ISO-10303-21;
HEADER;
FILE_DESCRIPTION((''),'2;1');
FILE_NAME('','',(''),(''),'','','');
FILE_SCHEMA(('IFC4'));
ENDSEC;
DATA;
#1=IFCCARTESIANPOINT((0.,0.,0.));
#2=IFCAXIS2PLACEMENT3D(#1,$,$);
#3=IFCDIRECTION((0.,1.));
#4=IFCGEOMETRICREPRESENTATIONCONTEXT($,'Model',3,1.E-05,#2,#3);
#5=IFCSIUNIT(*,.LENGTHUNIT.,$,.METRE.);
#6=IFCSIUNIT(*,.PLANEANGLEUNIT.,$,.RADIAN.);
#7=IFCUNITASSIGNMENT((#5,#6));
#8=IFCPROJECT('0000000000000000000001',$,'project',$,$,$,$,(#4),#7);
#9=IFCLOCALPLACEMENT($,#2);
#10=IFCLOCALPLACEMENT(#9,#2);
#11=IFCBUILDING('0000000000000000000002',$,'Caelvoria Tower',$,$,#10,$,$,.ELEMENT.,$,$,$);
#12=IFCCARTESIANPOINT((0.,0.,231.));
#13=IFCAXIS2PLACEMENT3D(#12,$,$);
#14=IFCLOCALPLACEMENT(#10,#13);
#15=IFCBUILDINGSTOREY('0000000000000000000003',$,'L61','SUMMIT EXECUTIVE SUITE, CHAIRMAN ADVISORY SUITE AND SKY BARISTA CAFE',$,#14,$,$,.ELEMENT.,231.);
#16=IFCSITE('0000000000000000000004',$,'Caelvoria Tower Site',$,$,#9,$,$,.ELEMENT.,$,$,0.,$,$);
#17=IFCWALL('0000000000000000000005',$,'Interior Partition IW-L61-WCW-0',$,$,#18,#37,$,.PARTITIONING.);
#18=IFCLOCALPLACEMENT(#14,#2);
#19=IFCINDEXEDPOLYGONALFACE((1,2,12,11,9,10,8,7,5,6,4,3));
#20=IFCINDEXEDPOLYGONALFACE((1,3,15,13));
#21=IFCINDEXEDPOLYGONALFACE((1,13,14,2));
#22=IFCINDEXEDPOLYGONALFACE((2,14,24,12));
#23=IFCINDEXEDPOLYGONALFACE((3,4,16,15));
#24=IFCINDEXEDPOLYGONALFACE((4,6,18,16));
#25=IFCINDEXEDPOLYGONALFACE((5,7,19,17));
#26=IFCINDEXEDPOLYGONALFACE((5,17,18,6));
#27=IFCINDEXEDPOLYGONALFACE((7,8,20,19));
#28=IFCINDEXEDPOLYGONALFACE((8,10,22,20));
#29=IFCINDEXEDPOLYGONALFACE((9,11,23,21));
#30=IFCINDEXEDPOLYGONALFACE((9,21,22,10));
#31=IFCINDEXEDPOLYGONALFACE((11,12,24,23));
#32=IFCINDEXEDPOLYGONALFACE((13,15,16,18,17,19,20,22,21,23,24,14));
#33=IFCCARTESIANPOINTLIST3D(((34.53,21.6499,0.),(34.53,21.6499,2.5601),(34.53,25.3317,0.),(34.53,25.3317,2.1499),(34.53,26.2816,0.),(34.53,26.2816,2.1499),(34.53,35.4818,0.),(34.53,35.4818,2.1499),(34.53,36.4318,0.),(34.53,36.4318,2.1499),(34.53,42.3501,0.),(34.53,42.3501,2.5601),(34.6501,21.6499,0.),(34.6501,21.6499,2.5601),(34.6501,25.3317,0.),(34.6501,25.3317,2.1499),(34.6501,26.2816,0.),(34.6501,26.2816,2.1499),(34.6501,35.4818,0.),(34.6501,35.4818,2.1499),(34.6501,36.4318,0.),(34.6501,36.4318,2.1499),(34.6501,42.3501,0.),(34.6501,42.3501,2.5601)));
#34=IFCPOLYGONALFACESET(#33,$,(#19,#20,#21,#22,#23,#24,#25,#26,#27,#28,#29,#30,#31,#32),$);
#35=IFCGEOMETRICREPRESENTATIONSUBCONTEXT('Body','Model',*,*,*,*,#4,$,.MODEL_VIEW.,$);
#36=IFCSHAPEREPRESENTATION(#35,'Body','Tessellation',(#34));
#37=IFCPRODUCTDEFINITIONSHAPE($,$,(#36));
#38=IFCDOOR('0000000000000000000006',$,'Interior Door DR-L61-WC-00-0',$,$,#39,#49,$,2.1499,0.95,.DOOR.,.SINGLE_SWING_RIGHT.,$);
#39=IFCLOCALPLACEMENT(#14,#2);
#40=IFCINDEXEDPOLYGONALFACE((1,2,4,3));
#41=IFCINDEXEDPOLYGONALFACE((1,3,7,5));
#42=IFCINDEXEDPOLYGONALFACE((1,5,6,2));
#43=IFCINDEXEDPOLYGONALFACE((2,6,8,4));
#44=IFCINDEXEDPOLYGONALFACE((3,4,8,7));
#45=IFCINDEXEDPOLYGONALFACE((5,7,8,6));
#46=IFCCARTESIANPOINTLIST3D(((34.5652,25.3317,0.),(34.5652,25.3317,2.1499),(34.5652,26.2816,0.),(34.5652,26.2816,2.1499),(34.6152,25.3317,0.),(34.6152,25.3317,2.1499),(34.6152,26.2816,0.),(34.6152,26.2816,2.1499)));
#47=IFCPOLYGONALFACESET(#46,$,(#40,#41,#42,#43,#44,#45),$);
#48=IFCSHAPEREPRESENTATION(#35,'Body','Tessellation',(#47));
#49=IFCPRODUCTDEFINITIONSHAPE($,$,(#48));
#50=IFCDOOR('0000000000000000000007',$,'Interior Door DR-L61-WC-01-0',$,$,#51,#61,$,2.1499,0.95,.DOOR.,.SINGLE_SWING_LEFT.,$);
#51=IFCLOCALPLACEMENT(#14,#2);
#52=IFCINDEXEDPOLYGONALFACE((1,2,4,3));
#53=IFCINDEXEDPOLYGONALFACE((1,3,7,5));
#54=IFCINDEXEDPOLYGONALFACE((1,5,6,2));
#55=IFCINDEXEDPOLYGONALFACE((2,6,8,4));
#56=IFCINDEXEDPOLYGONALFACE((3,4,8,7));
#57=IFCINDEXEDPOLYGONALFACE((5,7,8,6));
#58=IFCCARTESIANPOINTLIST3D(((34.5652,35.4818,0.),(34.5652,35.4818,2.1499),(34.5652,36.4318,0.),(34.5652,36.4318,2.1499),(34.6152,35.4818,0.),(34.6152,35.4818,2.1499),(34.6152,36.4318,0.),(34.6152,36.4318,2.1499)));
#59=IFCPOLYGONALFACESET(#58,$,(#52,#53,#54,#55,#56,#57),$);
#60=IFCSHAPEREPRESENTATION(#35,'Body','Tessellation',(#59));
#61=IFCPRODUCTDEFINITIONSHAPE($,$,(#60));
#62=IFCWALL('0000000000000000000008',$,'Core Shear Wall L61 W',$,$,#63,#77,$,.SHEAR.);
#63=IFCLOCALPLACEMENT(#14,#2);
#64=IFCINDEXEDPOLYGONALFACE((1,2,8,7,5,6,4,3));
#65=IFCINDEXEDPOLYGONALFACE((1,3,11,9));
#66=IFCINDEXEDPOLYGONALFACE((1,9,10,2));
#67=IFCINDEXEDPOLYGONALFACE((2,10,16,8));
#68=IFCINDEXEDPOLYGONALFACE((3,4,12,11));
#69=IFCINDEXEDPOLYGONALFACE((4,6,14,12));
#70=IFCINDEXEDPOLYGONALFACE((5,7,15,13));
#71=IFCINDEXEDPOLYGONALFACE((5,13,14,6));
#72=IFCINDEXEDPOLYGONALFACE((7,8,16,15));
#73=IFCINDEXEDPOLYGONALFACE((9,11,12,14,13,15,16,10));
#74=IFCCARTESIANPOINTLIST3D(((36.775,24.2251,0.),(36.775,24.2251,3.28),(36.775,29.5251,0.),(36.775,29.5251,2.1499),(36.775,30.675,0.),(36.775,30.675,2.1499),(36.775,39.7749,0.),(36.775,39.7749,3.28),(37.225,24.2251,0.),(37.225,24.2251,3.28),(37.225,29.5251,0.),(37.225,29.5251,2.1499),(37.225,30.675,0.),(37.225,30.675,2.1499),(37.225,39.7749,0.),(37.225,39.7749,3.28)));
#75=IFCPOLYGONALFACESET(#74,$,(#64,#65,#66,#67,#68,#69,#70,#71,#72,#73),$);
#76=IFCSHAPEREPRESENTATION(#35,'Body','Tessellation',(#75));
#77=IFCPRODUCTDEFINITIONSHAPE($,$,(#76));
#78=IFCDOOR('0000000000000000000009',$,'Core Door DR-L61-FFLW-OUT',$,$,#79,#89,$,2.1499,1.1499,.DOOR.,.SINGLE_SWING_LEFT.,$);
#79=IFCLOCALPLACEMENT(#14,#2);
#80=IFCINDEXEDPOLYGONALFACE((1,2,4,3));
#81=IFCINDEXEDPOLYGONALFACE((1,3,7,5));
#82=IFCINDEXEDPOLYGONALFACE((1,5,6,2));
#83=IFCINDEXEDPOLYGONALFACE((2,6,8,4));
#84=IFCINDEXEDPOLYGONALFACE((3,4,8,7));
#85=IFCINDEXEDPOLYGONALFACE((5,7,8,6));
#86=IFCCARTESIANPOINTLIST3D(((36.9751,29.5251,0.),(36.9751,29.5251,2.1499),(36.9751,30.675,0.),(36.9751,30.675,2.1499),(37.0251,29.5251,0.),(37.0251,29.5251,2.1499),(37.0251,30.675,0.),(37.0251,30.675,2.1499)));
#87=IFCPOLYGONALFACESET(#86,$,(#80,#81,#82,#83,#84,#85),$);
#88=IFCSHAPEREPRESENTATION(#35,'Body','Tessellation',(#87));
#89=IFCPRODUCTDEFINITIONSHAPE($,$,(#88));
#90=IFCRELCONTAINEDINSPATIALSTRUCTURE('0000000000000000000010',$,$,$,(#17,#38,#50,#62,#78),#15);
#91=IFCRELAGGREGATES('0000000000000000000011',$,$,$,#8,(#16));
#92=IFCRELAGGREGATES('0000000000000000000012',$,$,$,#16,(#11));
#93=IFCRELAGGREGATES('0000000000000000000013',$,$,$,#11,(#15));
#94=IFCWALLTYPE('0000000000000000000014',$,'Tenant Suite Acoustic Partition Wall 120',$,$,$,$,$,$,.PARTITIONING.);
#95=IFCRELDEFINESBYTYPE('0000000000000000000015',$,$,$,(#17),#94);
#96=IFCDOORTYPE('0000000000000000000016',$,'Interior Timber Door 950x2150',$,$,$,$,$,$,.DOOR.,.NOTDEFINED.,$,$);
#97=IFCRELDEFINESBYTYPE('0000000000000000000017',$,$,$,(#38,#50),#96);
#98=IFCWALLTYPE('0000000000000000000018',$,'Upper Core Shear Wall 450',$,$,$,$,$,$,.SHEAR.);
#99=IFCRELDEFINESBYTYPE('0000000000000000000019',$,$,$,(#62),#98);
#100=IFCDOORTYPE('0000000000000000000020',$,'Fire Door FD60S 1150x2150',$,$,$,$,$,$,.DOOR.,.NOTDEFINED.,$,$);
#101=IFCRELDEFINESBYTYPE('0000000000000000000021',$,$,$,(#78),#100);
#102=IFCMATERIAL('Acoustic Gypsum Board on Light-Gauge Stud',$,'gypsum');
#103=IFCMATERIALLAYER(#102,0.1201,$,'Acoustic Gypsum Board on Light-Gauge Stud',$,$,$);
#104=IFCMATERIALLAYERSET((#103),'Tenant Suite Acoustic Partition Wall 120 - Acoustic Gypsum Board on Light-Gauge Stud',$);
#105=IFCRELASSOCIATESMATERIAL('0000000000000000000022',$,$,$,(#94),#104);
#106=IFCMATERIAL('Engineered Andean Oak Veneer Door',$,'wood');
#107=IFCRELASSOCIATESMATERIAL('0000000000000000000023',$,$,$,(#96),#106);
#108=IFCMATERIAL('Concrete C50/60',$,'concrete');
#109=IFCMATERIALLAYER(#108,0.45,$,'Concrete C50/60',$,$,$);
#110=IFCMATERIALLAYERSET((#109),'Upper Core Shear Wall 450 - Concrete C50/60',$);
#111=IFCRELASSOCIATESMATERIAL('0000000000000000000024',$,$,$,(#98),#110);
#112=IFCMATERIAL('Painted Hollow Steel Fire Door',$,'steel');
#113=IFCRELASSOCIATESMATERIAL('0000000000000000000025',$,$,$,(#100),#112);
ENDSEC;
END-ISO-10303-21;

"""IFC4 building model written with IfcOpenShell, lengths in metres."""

from ifc_helpers import new_model, si_unit, direction, frame, frame_2d, origin, place, context, subcontext, project, spatial, rectangle, extrude, material, layer, layer_set, type_object, element, fill, save


model = new_model("IFC4")

# Units and contexts
model_context = context("Model", 3, precision=1e-05, world=origin(), true_north=direction((0.0, 1.0)))
body_context = subcontext(model_context, "Body", "Model", "MODEL_VIEW")
ifc_project = project(units=[si_unit("LENGTHUNIT", "METRE"), si_unit("PLANEANGLEUNIT", "RADIAN")], contexts=[model_context])

# Site, building, storey
site_placement = place(None, origin())
site = spatial("IfcSite", under=ifc_project, at=site_placement, Name="Caelvoria Tower Site", CompositionType="ELEMENT", RefElevation=0.0)
building_placement = place(site_placement, origin())
building = spatial("IfcBuilding", under=site, at=building_placement, Name="Caelvoria Tower", CompositionType="ELEMENT")
storey_placement = place(building_placement, frame((0.0, 0.0, 231.0)))
storey = spatial("IfcBuildingStorey", under=building, at=storey_placement, Name="L61", Description="SUMMIT EXECUTIVE SUITE, CHAIRMAN ADVISORY SUITE AND SKY BARISTA CAFE", CompositionType="ELEMENT", Elevation=231.0)

# Shared definitions
ifc_material_1 = material(Name="Concrete C50/60", Category="concrete")
ifc_material_2 = material(Name="Painted Hollow Steel Fire Door", Category="steel")

# Shared definitions
ifc_material_3 = material(Name="Engineered Andean Oak Veneer Door", Category="wood")

# Shared definitions
ifc_material_4 = material(Name="Acoustic Gypsum Board on Light-Gauge Stud", Category="gypsum")
ifc_layer_1 = layer(ifc_material_4, 0.1201, Name="Acoustic Gypsum Board on Light-Gauge Stud")
ifc_layer_set_1 = layer_set([ifc_layer_1], Name="Tenant Suite Acoustic Partition Wall 120 - Acoustic Gypsum Board on Light-Gauge Stud")
wall_type_1 = type_object("IfcWallType", Name="Tenant Suite Acoustic Partition Wall 120", PredefinedType="PARTITIONING", material=ifc_layer_set_1)

# Wall, openings, doors
wall_1_placement = place(storey_placement, frame((34.5901, 21.6499, 0.0), z_axis=(0.0, 0.0, 1.0), x_axis=(0.0, 1.0, 0.0)))
wall_1 = element("IfcWall", 1, at=wall_1_placement, inside=storey, type_object=wall_type_1, Name="Interior Partition IW-L61-WCW-0", PredefinedType="PARTITIONING", context=body_context, shape_type="SweptSolid", body=[
    extrude(rectangle(XDim=20.7002, YDim=0.1201, at=frame_2d((10.3501, 0.0))), origin(), (0.0, 0.0, 1.0), 2.5601),
])
opening_1_placement = place(wall_1_placement, frame((3.6816, 0.0, 0.0)))
opening_1 = element("IfcOpeningElement", 2, at=opening_1_placement, cuts=wall_1, PredefinedType="OPENING", context=body_context, shape_type="SweptSolid", body=[
    extrude(rectangle(XDim=0.95, YDim=2.1499, at=frame_2d((0.4751, 1.075))), frame((0.0, 0.0701, 0.0), z_axis=(0.0, -1.0, 0.0), x_axis=(1.0, 0.0, 0.0)), (0.0, 0.0, 1.0), 0.1401),
])
opening_2_placement = place(wall_1_placement, frame((13.8318, 0.0, 0.0)))
opening_2 = element("IfcOpeningElement", 3, at=opening_2_placement, cuts=wall_1, PredefinedType="OPENING", context=body_context, shape_type="SweptSolid", body=[
    extrude(rectangle(XDim=0.95, YDim=2.1499, at=frame_2d((0.4751, 1.075))), frame((0.0, 0.0701, 0.0), z_axis=(0.0, -1.0, 0.0), x_axis=(1.0, 0.0, 0.0)), (0.0, 0.0, 1.0), 0.1401),
])
door_type_1 = type_object("IfcDoorType", Name="Interior Timber Door 950x2150", OperationType="NOTDEFINED", PredefinedType="DOOR", material=ifc_material_3)
door_1_placement = place(opening_1_placement, origin())
door_1 = element("IfcDoor", 4, at=door_1_placement, inside=storey, type_object=door_type_1, Name="Interior Door DR-L61-WC-00-0", OperationType="SINGLE_SWING_RIGHT", OverallHeight=2.1499, OverallWidth=0.95, PredefinedType="DOOR", context=body_context, shape_type="SweptSolid", body=[
    extrude(rectangle(XDim=0.95, YDim=2.1499, at=frame_2d((0.4751, 1.075))), frame((0.0, 0.0249, 0.0), z_axis=(0.0, -1.0, 0.0), x_axis=(1.0, 0.0, 0.0)), (0.0, 0.0, 1.0), 0.05),
])
fill(opening_1, door_1)
door_2_placement = place(opening_2_placement, origin())
door_2 = element("IfcDoor", 5, at=door_2_placement, inside=storey, type_object=door_type_1, Name="Interior Door DR-L61-WC-01-0", OperationType="SINGLE_SWING_LEFT", OverallHeight=2.1499, OverallWidth=0.95, PredefinedType="DOOR", context=body_context, shape_type="SweptSolid", body=[
    extrude(rectangle(XDim=0.95, YDim=2.1499, at=frame_2d((0.4751, 1.075))), frame((0.0, 0.0249, 0.0), z_axis=(0.0, -1.0, 0.0), x_axis=(1.0, 0.0, 0.0)), (0.0, 0.0, 1.0), 0.05),
])
fill(opening_2, door_2)

# Wall, opening, door
ifc_layer_2 = layer(ifc_material_1, 0.45, Name="Concrete C50/60")
ifc_layer_set_2 = layer_set([ifc_layer_2], Name="Upper Core Shear Wall 450 - Concrete C50/60")
wall_type_2 = type_object("IfcWallType", Name="Upper Core Shear Wall 450", PredefinedType="SHEAR", material=ifc_layer_set_2)
wall_2_placement = place(storey_placement, frame((37.0, 24.2251, 0.0), z_axis=(0.0, 0.0, 1.0), x_axis=(0.0, 1.0, 0.0)))
wall_2 = element("IfcWall", 6, at=wall_2_placement, inside=storey, type_object=wall_type_2, Name="Core Shear Wall L61 W", PredefinedType="SHEAR", context=body_context, shape_type="SweptSolid", body=[
    extrude(rectangle(XDim=15.5498, YDim=0.45, at=frame_2d((7.7749, 0.0))), origin(), (0.0, 0.0, 1.0), 3.28),
])
opening_3_placement = place(wall_2_placement, frame((5.3, 0.0, 0.0)))
opening_3 = element("IfcOpeningElement", 7, at=opening_3_placement, cuts=wall_2, PredefinedType="OPENING", context=body_context, shape_type="SweptSolid", body=[
    extrude(rectangle(XDim=1.1499, YDim=2.1499, at=frame_2d((0.575, 1.075))), frame((0.0, 0.2349, 0.0), z_axis=(0.0, -1.0, 0.0), x_axis=(1.0, 0.0, 0.0)), (0.0, 0.0, 1.0), 0.47),
])
door_type_2 = type_object("IfcDoorType", Name="Fire Door FD60S 1150x2150", OperationType="NOTDEFINED", PredefinedType="DOOR", material=ifc_material_2)
door_3_placement = place(opening_3_placement, origin())
door_3 = element("IfcDoor", 8, at=door_3_placement, inside=storey, type_object=door_type_2, Name="Core Door DR-L61-FFLW-OUT", OperationType="SINGLE_SWING_LEFT", OverallHeight=2.1499, OverallWidth=1.1499, PredefinedType="DOOR", context=body_context, shape_type="SweptSolid", body=[
    extrude(rectangle(XDim=1.1499, YDim=2.1499, at=frame_2d((0.575, 1.075))), frame((0.0, 0.0249, 0.0), z_axis=(0.0, -1.0, 0.0), x_axis=(1.0, 0.0, 0.0)), (0.0, 0.0, 1.0), 0.05),
])
fill(opening_3, door_3)

save(model, "model.ifc")
